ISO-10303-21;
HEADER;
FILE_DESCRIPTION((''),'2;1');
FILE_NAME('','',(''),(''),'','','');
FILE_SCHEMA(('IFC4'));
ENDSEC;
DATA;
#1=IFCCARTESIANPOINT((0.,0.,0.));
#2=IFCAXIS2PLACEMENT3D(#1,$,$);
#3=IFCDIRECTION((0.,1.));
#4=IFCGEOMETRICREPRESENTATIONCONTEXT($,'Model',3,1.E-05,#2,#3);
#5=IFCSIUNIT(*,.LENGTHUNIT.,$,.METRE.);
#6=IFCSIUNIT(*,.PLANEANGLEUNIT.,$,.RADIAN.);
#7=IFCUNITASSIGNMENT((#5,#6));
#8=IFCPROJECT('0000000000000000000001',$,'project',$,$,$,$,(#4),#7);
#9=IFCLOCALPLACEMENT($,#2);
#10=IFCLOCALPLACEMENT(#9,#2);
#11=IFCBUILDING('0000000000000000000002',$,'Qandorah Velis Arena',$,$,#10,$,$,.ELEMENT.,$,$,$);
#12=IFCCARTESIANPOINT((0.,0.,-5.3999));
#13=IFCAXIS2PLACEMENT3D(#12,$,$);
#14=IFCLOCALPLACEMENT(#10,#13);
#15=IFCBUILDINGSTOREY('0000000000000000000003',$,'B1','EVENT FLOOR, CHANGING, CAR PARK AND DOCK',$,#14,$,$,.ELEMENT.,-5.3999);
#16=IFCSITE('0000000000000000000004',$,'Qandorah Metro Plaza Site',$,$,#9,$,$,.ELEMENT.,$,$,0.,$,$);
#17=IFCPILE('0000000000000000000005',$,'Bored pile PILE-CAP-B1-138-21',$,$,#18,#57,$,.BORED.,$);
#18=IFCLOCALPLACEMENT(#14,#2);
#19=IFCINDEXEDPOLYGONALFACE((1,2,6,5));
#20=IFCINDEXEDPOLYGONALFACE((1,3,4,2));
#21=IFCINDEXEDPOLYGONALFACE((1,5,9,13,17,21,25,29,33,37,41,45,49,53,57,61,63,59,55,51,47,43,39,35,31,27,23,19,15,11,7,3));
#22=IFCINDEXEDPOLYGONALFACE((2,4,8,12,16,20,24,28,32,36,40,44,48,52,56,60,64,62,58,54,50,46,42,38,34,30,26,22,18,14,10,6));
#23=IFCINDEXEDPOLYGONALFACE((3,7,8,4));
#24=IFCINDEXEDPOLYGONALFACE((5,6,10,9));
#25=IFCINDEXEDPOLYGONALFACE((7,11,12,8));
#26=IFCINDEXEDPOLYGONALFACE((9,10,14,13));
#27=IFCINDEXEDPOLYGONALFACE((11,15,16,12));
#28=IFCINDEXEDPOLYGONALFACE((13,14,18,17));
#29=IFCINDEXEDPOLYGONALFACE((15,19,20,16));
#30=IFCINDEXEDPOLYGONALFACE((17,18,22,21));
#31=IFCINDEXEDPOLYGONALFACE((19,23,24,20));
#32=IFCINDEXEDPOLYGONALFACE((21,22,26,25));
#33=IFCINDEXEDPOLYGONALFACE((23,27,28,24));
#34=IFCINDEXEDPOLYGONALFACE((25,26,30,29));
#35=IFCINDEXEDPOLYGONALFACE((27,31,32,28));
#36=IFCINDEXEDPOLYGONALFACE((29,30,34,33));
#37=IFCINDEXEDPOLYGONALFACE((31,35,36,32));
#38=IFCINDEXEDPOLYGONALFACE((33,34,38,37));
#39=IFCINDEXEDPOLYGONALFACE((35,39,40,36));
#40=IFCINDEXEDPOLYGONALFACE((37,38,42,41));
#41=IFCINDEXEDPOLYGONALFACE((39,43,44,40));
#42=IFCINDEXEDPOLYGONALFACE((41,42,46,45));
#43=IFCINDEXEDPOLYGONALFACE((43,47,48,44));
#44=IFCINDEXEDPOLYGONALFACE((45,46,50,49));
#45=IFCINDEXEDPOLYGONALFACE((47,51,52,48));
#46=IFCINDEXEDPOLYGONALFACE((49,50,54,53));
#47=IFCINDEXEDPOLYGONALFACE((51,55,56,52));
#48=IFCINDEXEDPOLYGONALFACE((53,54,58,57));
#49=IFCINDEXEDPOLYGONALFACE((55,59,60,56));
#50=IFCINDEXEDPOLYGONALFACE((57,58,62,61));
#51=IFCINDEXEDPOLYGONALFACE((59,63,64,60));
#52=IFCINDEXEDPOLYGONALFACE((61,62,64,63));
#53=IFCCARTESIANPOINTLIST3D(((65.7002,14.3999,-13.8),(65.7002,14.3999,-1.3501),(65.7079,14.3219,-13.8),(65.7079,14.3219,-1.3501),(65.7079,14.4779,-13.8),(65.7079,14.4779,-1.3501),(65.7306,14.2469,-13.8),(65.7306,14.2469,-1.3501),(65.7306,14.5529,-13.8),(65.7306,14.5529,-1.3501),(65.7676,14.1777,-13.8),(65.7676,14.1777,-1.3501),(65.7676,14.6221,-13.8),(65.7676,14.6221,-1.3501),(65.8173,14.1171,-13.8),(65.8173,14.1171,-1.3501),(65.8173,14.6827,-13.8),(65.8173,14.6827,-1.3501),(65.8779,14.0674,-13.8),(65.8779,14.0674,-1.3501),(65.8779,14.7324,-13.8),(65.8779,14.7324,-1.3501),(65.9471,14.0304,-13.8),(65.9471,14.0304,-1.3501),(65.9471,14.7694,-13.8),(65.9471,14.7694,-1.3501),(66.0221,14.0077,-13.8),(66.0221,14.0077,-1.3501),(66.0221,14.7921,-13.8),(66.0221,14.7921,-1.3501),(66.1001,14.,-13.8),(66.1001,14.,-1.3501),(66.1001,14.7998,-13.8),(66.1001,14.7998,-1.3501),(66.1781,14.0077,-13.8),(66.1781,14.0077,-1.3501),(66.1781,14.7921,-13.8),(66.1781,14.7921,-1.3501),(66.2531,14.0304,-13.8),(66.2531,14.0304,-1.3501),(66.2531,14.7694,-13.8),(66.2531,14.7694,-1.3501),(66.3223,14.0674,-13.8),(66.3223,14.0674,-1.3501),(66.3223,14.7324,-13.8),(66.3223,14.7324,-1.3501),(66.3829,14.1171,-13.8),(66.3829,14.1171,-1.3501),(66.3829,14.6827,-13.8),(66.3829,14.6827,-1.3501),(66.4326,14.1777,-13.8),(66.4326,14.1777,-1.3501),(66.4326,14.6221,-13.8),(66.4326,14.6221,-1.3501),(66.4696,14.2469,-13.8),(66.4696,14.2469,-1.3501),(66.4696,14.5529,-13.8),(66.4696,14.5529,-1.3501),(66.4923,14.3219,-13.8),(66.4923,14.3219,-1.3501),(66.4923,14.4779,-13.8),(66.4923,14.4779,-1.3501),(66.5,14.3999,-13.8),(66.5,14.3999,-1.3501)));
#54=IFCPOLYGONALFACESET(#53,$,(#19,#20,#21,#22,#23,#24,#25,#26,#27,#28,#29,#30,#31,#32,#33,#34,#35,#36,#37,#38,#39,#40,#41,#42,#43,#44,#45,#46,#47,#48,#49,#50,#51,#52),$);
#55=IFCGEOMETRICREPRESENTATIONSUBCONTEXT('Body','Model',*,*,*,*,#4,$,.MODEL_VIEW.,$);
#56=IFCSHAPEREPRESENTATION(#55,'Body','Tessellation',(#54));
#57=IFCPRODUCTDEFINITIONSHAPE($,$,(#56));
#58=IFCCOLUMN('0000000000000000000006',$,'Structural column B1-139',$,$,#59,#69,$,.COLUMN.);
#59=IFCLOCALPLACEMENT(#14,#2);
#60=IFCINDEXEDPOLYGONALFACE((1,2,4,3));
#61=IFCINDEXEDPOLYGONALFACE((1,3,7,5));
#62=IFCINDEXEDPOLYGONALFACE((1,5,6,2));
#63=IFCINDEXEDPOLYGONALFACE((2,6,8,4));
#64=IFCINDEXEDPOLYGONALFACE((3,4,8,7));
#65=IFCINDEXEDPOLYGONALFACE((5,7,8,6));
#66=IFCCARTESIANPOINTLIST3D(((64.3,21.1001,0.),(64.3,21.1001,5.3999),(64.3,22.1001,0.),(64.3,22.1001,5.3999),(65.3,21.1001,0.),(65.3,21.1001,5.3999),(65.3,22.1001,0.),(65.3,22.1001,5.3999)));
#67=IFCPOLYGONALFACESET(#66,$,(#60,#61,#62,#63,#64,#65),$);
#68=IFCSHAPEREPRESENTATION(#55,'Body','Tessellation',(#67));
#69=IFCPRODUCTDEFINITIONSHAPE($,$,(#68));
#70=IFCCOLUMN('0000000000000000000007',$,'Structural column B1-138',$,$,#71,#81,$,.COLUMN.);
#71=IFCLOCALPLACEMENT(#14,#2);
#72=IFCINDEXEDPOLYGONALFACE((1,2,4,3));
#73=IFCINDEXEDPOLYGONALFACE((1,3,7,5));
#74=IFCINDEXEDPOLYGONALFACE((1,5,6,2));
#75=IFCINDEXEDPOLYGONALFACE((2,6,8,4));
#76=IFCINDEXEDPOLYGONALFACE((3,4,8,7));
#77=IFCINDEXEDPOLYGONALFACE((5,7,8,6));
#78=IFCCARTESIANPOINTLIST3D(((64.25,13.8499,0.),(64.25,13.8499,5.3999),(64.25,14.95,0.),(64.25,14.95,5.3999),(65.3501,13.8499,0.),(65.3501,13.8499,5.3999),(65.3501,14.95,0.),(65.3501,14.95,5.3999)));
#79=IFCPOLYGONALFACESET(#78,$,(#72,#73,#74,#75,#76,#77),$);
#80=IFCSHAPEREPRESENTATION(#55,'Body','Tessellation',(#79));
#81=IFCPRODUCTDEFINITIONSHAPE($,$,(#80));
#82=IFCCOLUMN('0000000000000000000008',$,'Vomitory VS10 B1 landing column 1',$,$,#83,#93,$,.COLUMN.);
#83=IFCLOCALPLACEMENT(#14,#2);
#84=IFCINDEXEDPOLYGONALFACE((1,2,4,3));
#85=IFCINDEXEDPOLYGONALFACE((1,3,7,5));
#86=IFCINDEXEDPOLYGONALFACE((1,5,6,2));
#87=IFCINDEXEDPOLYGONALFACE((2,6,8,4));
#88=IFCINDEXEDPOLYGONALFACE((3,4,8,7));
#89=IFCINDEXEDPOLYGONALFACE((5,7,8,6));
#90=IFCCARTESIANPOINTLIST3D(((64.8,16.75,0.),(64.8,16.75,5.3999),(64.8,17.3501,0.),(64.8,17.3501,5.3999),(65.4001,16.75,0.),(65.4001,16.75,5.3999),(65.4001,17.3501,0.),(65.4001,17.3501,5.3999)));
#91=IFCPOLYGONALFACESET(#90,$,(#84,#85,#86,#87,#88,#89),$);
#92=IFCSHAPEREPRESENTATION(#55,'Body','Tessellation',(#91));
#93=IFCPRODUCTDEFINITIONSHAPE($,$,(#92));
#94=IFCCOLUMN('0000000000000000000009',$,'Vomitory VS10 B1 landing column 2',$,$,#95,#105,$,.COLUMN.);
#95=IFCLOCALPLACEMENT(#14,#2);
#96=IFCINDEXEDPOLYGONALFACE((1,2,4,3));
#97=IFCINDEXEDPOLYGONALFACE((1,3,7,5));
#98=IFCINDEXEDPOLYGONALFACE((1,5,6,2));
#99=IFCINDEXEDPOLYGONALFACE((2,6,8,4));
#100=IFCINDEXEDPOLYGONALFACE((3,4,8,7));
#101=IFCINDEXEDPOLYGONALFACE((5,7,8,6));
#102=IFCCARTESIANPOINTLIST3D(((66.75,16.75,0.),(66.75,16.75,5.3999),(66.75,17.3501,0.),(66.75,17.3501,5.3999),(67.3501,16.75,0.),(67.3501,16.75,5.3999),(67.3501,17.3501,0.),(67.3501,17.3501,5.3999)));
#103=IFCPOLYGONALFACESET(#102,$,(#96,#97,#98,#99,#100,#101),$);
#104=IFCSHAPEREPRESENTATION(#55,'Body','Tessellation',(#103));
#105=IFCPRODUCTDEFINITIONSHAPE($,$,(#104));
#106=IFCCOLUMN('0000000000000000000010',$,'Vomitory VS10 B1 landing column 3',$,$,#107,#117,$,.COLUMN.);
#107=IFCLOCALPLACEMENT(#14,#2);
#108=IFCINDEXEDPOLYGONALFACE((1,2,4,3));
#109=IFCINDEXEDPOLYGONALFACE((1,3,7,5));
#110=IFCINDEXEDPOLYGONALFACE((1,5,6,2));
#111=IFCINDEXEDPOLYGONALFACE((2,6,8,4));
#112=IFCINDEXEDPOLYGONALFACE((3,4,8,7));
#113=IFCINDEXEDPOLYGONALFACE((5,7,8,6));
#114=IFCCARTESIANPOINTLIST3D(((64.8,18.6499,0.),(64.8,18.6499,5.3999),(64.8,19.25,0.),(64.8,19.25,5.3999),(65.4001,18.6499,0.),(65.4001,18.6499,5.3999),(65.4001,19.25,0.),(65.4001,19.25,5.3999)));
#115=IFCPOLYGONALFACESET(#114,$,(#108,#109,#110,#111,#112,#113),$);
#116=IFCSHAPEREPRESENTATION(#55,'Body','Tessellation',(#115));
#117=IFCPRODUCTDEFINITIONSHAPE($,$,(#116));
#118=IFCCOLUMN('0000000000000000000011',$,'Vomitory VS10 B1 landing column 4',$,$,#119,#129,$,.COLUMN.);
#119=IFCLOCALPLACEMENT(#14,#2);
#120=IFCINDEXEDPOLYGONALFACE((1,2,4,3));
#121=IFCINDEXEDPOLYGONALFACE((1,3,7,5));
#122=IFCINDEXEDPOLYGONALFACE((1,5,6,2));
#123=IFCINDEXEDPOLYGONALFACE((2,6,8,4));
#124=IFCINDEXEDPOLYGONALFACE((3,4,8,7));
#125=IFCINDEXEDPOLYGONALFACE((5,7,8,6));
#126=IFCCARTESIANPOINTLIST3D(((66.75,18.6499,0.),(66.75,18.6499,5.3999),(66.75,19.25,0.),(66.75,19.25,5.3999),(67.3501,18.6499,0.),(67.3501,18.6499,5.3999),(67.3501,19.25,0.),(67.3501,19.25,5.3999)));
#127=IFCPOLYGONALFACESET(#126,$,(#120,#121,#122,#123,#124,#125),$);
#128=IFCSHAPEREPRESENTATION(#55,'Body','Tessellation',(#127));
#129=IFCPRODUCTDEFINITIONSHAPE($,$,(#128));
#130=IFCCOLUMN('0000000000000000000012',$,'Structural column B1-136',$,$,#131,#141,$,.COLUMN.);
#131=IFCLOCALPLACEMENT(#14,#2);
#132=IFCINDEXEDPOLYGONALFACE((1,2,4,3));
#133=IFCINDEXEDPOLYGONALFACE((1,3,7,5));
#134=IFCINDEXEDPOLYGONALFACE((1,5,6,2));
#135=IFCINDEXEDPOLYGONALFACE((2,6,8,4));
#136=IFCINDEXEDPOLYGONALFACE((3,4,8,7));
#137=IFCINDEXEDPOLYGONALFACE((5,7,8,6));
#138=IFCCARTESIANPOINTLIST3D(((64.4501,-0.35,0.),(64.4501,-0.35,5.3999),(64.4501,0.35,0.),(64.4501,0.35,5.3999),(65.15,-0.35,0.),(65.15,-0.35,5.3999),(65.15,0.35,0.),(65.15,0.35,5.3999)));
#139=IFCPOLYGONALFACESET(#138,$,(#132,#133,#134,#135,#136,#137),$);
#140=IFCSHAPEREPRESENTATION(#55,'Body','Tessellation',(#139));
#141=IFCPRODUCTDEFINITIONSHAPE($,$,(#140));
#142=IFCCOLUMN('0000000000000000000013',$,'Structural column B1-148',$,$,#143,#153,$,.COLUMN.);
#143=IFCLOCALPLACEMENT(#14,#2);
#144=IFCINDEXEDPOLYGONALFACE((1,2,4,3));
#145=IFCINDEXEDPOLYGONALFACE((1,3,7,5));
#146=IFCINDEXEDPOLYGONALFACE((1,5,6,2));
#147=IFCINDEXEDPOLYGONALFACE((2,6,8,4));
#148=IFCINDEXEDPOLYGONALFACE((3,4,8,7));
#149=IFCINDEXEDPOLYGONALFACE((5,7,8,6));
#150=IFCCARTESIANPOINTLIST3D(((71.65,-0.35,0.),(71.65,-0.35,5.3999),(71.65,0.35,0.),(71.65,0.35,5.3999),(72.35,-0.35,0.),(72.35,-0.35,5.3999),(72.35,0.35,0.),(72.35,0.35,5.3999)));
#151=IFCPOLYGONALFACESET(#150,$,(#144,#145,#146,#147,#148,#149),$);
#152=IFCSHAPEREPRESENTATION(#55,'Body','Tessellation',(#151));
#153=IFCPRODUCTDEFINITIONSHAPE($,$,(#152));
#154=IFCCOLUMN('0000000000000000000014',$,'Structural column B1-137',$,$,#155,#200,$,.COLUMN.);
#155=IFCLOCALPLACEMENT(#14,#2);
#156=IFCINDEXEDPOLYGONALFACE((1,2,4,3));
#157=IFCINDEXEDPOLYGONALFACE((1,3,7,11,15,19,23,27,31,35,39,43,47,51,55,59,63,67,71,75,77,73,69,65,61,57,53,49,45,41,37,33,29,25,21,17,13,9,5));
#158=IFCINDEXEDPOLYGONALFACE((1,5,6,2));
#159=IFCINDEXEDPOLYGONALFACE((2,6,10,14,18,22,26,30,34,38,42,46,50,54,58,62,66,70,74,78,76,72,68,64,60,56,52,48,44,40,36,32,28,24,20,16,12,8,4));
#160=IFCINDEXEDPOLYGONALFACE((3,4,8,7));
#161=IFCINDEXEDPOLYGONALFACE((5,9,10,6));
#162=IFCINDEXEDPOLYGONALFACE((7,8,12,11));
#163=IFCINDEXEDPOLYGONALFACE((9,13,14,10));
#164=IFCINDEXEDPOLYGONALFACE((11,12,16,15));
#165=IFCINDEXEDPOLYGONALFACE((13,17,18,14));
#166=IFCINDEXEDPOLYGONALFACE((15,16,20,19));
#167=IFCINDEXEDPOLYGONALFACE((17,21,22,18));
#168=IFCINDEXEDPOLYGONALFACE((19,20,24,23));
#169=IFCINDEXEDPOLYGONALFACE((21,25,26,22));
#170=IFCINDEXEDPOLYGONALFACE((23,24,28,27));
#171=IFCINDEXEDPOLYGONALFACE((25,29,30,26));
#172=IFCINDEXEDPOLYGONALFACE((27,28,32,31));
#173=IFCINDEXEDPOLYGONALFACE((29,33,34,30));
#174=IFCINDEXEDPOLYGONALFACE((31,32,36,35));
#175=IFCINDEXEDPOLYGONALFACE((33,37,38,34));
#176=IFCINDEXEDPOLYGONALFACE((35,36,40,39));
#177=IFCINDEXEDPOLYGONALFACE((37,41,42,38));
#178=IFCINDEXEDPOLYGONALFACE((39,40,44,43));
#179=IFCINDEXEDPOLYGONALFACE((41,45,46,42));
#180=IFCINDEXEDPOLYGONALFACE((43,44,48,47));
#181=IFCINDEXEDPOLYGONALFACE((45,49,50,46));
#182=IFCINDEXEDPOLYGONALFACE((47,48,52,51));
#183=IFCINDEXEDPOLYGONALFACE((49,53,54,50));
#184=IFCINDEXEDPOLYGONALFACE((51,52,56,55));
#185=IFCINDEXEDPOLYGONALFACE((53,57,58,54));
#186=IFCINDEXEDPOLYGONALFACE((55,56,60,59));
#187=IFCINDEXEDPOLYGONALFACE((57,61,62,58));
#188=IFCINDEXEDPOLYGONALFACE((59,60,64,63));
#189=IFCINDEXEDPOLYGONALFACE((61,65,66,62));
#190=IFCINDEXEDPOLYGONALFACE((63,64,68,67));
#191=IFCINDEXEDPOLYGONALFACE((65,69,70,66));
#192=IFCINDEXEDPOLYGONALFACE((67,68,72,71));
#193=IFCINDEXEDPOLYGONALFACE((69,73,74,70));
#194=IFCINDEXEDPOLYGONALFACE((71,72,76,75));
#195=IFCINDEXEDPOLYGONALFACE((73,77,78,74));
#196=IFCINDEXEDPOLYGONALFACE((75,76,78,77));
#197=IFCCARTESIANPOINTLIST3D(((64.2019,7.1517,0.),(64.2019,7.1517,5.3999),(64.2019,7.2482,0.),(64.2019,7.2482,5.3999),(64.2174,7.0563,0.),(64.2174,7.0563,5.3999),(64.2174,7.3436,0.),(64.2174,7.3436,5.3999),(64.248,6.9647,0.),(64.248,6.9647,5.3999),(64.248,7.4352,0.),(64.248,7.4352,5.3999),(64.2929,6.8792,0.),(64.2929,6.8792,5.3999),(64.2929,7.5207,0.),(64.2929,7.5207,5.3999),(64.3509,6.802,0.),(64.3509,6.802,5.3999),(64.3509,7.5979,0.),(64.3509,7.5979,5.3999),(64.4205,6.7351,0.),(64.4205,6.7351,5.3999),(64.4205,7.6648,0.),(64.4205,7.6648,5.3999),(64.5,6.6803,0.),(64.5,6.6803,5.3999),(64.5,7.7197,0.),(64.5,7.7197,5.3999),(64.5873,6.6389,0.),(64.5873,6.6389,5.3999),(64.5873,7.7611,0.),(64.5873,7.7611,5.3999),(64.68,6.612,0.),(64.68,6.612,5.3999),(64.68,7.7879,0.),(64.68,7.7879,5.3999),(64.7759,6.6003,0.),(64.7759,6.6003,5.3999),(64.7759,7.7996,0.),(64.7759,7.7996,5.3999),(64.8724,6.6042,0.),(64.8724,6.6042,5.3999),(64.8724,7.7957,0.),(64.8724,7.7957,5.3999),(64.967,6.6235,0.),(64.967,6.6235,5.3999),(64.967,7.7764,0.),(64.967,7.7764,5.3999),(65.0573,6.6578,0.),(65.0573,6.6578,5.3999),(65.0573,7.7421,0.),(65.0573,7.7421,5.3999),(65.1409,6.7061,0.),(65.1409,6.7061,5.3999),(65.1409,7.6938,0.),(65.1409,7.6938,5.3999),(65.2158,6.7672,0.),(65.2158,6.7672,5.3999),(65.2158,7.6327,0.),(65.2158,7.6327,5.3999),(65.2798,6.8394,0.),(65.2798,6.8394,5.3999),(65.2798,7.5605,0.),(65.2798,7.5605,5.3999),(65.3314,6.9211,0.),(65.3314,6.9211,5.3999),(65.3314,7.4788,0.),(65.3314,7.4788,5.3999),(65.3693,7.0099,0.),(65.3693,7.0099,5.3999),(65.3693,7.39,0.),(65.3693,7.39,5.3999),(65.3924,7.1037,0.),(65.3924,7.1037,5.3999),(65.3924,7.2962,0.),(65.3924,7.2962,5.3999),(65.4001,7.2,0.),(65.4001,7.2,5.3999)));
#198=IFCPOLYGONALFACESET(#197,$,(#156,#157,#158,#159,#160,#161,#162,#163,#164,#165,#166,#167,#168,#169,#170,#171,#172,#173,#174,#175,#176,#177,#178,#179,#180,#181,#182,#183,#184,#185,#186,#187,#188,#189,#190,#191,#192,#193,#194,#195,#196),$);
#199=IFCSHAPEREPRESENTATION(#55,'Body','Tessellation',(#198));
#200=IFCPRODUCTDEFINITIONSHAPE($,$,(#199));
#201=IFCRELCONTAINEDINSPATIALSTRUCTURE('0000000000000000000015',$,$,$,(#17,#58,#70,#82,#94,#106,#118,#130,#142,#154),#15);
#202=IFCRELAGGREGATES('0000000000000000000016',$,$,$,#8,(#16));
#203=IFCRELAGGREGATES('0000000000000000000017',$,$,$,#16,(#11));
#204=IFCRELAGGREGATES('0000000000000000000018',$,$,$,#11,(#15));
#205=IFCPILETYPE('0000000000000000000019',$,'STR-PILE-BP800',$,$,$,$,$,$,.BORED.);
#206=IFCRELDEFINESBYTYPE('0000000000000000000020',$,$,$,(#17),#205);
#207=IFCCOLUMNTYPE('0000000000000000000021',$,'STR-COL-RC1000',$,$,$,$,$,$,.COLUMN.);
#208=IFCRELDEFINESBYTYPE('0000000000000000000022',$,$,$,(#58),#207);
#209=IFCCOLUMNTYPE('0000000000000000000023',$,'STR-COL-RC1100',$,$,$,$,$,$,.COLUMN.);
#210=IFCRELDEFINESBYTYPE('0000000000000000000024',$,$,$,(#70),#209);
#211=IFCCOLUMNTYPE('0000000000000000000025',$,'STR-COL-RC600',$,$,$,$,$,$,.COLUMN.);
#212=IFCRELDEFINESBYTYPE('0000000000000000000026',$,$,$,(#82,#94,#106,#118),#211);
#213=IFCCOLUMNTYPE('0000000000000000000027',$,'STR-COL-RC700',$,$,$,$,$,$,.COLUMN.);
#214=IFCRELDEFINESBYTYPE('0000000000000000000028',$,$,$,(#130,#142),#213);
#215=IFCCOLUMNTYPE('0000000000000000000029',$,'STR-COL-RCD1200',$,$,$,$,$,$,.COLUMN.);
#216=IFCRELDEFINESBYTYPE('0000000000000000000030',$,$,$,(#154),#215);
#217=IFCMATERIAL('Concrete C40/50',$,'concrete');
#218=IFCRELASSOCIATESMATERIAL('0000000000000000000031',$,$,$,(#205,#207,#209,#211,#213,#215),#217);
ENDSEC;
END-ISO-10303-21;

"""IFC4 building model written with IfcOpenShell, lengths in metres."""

from ifc_helpers import new_model, si_unit, direction, frame, origin, origin_2d, place, context, subcontext, project, spatial, rectangle, circle, extrude, material, material_profile, profile_set, type_object, element, save


model = new_model("IFC4")

# Units and contexts
model_context = context("Model", 3, precision=1e-05, world=origin(), true_north=direction((0.0, 1.0)))
body_context = subcontext(model_context, "Body", "Model", "MODEL_VIEW")
ifc_project = project(units=[si_unit("LENGTHUNIT", "METRE"), si_unit("PLANEANGLEUNIT", "RADIAN")], contexts=[model_context])

# Site, building, storey
site_placement = place(None, origin())
site = spatial("IfcSite", under=ifc_project, at=site_placement, Name="Qandorah Metro Plaza Site", CompositionType="ELEMENT", RefElevation=0.0)
building_placement = place(site_placement, origin())
building = spatial("IfcBuilding", under=site, at=building_placement, Name="Qandorah Velis Arena", CompositionType="ELEMENT")
storey_placement = place(building_placement, frame((0.0, 0.0, -5.3999)))
storey = spatial("IfcBuildingStorey", under=building, at=storey_placement, Name="B1", Description="EVENT FLOOR, CHANGING, CAR PARK AND DOCK", CompositionType="ELEMENT", Elevation=-5.3999)

# Shared definitions
ifc_material_1 = material(Name="Concrete C40/50", Category="concrete")

# Pile
ifc_material_profile_1 = material_profile(ifc_material_1, circle(Radius=0.3999, at=origin_2d()), Name="BORED PILE D800")
ifc_profile_set_1 = profile_set([ifc_material_profile_1], Name="Concrete C40/50")
pile_type_1 = type_object("IfcPileType", Name="STR-PILE-BP800", PredefinedType="BORED", material=ifc_profile_set_1)
for number, where, z_axis, x_axis, name in (
    (1, (66.1001, 14.3999, -1.3501), (0.0, 0.0, -1.0), (1.0, 0.0, 0.0), "Bored pile PILE-CAP-B1-138-21"),
):
    element("IfcPile", number, at=place(storey_placement, frame(where, z_axis=z_axis, x_axis=x_axis)), inside=storey, type_object=pile_type_1, Name=name, PredefinedType="BORED", context=body_context, shape_type="SweptSolid", body=[
        extrude(circle(Radius=0.3999, at=origin_2d()), origin(), (0.0, 0.0, 1.0), 12.45),
    ])

# Columns
ifc_material_profile_2 = material_profile(ifc_material_1, rectangle(XDim=1.0, YDim=1.0, at=origin_2d()), Name="RC COL 1000x1000")
ifc_profile_set_2 = profile_set([ifc_material_profile_2], Name="Concrete C40/50")
column_type_1 = type_object("IfcColumnType", Name="STR-COL-RC1000", PredefinedType="COLUMN", material=ifc_profile_set_2)
column_1_placement = place(storey_placement, frame((64.8, 21.6001, 0.0), z_axis=(0.0, 0.0, 1.0), x_axis=(1.0, 0.0, 0.0)))
element("IfcColumn", 2, at=column_1_placement, inside=storey, type_object=column_type_1, Name="Structural column B1-139", PredefinedType="COLUMN", context=body_context, shape_type="SweptSolid", body=[
    extrude(rectangle(XDim=1.0, YDim=1.0, at=origin_2d()), origin(), (0.0, 0.0, 1.0), 5.3999),
])
ifc_material_profile_3 = material_profile(ifc_material_1, rectangle(XDim=1.1001, YDim=1.1001, at=origin_2d()), Name="RC COL 1100x1100")
ifc_profile_set_3 = profile_set([ifc_material_profile_3], Name="Concrete C40/50")
column_type_2 = type_object("IfcColumnType", Name="STR-COL-RC1100", PredefinedType="COLUMN", material=ifc_profile_set_3)
column_2_placement = place(storey_placement, frame((64.8, 14.3999, 0.0), z_axis=(0.0, 0.0, 1.0), x_axis=(1.0, 0.0, 0.0)))
element("IfcColumn", 3, at=column_2_placement, inside=storey, type_object=column_type_2, Name="Structural column B1-138", PredefinedType="COLUMN", context=body_context, shape_type="SweptSolid", body=[
    extrude(rectangle(XDim=1.1001, YDim=1.1001, at=origin_2d()), origin(), (0.0, 0.0, 1.0), 5.3999),
])
ifc_material_profile_4 = material_profile(ifc_material_1, rectangle(XDim=0.6001, YDim=0.6001, at=origin_2d()), Name="RC COL 600x600")
ifc_profile_set_4 = profile_set([ifc_material_profile_4], Name="Concrete C40/50")
column_type_3 = type_object("IfcColumnType", Name="STR-COL-RC600", PredefinedType="COLUMN", material=ifc_profile_set_4)
for number, where, z_axis, x_axis, name in (
    (4, (65.1001, 17.05, 0.0), (0.0, 0.0, 1.0), (1.0, 0.0, 0.0), "Vomitory VS10 B1 landing column 1"),
    (5, (67.05, 17.05, 0.0), (0.0, 0.0, 1.0), (1.0, 0.0, 0.0), "Vomitory VS10 B1 landing column 2"),
    (6, (65.1001, 18.95, 0.0), (0.0, 0.0, 1.0), (1.0, 0.0, 0.0), "Vomitory VS10 B1 landing column 3"),
    (7, (67.05, 18.95, 0.0), (0.0, 0.0, 1.0), (1.0, 0.0, 0.0), "Vomitory VS10 B1 landing column 4"),
):
    element("IfcColumn", number, at=place(storey_placement, frame(where, z_axis=z_axis, x_axis=x_axis)), inside=storey, type_object=column_type_3, Name=name, PredefinedType="COLUMN", context=body_context, shape_type="SweptSolid", body=[
        extrude(rectangle(XDim=0.6001, YDim=0.6001, at=origin_2d()), origin(), (0.0, 0.0, 1.0), 5.3999),
    ])
ifc_material_profile_5 = material_profile(ifc_material_1, rectangle(XDim=0.7, YDim=0.7, at=origin_2d()), Name="RC COL 700x700")
ifc_profile_set_5 = profile_set([ifc_material_profile_5], Name="Concrete C40/50")
column_type_4 = type_object("IfcColumnType", Name="STR-COL-RC700", PredefinedType="COLUMN", material=ifc_profile_set_5)
for number, where, z_axis, x_axis, name in (
    (8, (64.8, 0.0, 0.0), (0.0, 0.0, 1.0), (1.0, 0.0, 0.0), "Structural column B1-136"),
    (9, (72.0, 0.0, 0.0), (0.0, 0.0, 1.0), (1.0, 0.0, 0.0), "Structural column B1-148"),
):
    element("IfcColumn", number, at=place(storey_placement, frame(where, z_axis=z_axis, x_axis=x_axis)), inside=storey, type_object=column_type_4, Name=name, PredefinedType="COLUMN", context=body_context, shape_type="SweptSolid", body=[
        extrude(rectangle(XDim=0.7, YDim=0.7, at=origin_2d()), origin(), (0.0, 0.0, 1.0), 5.3999),
    ])
ifc_material_profile_6 = material_profile(ifc_material_1, circle(Radius=0.6001, at=origin_2d()), Name="RC D1200")
ifc_profile_set_6 = profile_set([ifc_material_profile_6], Name="Concrete C40/50")
column_type_5 = type_object("IfcColumnType", Name="STR-COL-RCD1200", PredefinedType="COLUMN", material=ifc_profile_set_6)
for number, where, z_axis, x_axis, name in (
    (10, (64.8, 7.2, 0.0), (0.0, 0.0, 1.0), (1.0, 0.0, 0.0), "Structural column B1-137"),
):
    element("IfcColumn", number, at=place(storey_placement, frame(where, z_axis=z_axis, x_axis=x_axis)), inside=storey, type_object=column_type_5, Name=name, PredefinedType="COLUMN", context=body_context, shape_type="SweptSolid", body=[
        extrude(circle(Radius=0.6001, at=origin_2d()), origin(), (0.0, 0.0, 1.0), 5.3999),
    ])

save(model, "model.ifc")
